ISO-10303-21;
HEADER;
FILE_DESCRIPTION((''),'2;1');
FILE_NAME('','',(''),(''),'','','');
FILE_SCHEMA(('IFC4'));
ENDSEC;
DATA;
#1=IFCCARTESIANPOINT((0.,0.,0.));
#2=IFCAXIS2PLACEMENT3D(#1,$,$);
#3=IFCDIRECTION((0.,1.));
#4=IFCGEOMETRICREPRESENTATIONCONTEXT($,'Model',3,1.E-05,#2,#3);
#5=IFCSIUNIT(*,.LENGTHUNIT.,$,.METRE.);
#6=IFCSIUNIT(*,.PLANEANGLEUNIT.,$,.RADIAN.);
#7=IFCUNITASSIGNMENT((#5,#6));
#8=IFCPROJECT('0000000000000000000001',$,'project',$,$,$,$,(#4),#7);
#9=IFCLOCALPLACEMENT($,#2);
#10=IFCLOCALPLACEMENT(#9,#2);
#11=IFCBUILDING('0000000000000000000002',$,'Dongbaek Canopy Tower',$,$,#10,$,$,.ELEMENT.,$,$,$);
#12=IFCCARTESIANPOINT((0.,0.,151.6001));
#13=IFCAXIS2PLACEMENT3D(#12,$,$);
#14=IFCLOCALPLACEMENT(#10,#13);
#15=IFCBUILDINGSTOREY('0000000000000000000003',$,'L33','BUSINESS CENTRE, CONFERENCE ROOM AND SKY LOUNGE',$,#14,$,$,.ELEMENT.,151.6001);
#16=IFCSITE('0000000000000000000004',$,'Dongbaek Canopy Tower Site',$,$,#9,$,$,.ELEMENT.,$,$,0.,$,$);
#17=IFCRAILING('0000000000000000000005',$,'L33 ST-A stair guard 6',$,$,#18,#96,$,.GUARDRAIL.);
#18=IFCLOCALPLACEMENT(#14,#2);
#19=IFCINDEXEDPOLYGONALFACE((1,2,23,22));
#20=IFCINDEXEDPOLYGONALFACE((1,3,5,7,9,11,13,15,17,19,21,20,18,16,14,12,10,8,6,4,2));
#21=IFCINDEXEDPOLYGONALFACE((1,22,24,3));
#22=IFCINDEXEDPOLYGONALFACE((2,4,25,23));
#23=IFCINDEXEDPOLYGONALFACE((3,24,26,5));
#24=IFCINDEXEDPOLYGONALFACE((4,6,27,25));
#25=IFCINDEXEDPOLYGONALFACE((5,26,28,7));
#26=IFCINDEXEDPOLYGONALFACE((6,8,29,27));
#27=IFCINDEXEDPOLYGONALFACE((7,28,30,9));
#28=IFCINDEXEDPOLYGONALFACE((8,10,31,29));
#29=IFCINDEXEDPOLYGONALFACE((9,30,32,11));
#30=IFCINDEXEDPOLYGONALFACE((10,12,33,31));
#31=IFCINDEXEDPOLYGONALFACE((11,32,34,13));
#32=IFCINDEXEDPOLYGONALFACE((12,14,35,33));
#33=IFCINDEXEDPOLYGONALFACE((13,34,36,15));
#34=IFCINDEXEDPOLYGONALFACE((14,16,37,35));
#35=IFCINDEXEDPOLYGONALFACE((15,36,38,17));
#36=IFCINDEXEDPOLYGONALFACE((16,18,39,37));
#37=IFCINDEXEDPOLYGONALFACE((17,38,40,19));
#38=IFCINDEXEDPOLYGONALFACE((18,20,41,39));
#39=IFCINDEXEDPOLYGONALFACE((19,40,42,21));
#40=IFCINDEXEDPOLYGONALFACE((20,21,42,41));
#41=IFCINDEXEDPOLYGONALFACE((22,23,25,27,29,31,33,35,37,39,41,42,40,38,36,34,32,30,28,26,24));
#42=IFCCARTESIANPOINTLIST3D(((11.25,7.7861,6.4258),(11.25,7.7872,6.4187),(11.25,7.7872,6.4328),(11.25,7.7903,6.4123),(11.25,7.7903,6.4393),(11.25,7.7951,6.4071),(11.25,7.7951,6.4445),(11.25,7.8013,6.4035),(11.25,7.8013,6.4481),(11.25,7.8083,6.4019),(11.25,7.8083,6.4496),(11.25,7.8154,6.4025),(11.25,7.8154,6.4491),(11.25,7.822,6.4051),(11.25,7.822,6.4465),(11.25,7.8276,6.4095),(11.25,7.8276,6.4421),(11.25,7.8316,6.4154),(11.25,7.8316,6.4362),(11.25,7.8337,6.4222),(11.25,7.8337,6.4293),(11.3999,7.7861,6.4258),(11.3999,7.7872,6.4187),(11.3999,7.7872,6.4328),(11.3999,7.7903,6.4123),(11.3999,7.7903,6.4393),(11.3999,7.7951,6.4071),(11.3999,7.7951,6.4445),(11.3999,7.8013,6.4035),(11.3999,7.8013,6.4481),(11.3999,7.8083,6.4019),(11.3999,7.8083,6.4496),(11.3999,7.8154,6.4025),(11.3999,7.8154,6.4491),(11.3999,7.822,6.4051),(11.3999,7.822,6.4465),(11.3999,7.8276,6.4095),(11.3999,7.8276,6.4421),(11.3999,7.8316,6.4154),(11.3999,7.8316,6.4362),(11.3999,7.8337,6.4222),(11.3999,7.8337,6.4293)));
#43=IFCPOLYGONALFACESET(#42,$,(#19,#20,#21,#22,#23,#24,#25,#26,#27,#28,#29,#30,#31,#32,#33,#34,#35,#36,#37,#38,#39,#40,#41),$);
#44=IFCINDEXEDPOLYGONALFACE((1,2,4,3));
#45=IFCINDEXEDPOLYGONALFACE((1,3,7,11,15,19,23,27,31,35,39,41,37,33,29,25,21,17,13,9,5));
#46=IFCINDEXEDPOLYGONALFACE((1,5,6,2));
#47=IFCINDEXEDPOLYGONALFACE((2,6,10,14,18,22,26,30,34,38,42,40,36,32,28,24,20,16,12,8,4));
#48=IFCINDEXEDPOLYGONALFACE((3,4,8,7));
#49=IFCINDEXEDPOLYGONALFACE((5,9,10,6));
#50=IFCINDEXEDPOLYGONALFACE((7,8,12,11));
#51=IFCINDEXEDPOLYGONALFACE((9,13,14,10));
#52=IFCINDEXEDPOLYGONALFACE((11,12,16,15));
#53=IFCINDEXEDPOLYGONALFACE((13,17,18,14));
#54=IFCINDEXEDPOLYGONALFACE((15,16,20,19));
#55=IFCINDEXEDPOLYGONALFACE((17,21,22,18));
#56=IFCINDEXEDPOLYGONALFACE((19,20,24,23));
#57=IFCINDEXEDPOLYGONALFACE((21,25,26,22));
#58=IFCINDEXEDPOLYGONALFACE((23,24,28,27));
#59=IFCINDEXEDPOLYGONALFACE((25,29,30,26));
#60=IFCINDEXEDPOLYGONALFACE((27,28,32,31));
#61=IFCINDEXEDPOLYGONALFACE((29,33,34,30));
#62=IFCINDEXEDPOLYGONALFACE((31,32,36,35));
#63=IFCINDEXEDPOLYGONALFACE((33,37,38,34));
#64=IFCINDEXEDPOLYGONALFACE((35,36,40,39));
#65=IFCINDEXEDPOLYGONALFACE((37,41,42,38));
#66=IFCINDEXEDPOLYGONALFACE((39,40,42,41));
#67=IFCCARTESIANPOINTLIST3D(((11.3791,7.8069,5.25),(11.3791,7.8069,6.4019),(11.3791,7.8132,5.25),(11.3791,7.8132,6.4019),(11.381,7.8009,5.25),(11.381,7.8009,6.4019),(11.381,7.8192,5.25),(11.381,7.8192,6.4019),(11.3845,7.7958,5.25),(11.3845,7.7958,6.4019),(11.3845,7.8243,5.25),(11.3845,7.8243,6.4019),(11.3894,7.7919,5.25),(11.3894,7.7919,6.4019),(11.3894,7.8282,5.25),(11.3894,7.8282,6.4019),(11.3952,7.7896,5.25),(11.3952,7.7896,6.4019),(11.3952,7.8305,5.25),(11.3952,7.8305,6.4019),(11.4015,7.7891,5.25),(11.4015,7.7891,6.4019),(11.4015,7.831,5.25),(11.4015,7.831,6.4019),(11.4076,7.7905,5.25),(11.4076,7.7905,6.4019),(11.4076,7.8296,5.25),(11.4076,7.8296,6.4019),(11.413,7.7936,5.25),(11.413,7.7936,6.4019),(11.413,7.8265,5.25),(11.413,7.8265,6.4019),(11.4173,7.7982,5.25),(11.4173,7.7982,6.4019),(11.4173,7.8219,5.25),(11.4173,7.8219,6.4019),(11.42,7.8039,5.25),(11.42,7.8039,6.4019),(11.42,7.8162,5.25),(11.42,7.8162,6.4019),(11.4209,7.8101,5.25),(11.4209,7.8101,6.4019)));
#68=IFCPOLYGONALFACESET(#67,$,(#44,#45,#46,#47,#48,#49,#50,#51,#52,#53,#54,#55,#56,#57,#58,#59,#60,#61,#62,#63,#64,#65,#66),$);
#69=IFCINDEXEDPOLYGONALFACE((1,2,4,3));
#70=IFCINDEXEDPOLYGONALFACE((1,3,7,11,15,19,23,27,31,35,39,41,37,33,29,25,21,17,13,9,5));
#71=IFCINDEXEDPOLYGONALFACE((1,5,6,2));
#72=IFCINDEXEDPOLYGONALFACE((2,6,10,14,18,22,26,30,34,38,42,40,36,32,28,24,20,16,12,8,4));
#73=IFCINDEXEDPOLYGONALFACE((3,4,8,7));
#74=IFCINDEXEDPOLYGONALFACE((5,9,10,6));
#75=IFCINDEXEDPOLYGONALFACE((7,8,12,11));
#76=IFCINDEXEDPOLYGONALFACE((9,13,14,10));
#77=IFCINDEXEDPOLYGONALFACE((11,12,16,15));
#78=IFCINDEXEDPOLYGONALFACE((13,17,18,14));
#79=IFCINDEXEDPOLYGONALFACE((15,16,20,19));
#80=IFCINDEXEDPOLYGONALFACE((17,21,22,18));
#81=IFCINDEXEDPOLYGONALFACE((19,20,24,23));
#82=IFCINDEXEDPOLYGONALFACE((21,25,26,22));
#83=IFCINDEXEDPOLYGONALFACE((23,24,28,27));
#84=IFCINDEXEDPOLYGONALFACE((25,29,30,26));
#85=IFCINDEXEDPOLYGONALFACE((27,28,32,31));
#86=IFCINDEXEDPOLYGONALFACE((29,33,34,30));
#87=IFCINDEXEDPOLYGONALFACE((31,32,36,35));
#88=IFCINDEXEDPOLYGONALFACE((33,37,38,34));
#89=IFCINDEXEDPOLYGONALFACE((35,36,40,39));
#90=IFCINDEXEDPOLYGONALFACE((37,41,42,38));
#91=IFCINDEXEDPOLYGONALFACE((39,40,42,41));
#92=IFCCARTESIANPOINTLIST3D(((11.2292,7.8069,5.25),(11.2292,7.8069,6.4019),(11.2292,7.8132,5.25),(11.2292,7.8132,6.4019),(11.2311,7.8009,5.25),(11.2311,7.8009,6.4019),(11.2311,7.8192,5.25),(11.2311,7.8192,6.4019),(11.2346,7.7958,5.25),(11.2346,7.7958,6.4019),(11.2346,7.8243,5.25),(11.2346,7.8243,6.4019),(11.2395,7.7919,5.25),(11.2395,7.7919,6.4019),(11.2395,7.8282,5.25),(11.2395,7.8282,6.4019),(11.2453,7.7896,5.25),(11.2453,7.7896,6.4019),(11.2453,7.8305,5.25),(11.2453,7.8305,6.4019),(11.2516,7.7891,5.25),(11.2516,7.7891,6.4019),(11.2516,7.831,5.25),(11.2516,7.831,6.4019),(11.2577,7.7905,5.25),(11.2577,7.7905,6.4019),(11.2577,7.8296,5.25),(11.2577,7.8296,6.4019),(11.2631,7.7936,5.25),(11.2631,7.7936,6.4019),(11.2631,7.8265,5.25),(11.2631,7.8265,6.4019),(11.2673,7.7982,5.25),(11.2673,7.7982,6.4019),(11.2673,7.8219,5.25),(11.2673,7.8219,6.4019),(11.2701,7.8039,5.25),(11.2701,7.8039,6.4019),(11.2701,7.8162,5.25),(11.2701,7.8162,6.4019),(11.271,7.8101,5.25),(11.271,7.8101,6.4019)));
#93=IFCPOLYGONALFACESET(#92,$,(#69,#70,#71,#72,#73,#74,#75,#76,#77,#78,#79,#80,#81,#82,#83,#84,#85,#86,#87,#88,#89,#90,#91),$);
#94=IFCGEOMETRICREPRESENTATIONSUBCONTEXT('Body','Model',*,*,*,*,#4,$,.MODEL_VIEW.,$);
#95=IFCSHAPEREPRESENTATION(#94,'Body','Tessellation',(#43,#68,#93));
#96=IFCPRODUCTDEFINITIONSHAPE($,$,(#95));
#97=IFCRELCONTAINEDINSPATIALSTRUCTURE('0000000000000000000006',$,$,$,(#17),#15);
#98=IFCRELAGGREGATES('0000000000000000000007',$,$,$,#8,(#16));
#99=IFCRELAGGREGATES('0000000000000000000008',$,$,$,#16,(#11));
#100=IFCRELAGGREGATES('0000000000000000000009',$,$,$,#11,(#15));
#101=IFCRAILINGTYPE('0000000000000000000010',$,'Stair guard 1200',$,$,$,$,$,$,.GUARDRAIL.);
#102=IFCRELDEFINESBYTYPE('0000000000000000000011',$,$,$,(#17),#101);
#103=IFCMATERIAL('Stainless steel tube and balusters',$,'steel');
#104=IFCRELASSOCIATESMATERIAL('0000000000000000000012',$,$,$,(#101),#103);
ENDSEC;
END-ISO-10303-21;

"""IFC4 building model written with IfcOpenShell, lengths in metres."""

from ifc_helpers import new_model, si_unit, direction, frame, origin, origin_2d, place, context, subcontext, project, spatial, circle, extrude, material, type_object, element, save


model = new_model("IFC4")

# Units and contexts
model_context = context("Model", 3, precision=1e-05, world=origin(), true_north=direction((0.0, 1.0)))
body_context = subcontext(model_context, "Body", "Model", "MODEL_VIEW")
ifc_project = project(units=[si_unit("LENGTHUNIT", "METRE"), si_unit("PLANEANGLEUNIT", "RADIAN")], contexts=[model_context])

# Site, building, storey
site_placement = place(None, origin())
site = spatial("IfcSite", under=ifc_project, at=site_placement, Name="Dongbaek Canopy Tower Site", CompositionType="ELEMENT", RefElevation=0.0)
building_placement = place(site_placement, origin())
building = spatial("IfcBuilding", under=site, at=building_placement, Name="Dongbaek Canopy Tower", CompositionType="ELEMENT")
storey_placement = place(building_placement, frame((0.0, 0.0, 151.6001)))
storey = spatial("IfcBuildingStorey", under=building, at=storey_placement, Name="L33", Description="BUSINESS CENTRE, CONFERENCE ROOM AND SKY LOUNGE", CompositionType="ELEMENT", Elevation=151.6001)

# Railing
ifc_material_1 = material(Name="Stainless steel tube and balusters", Category="steel")
railing_type_1 = type_object("IfcRailingType", Name="Stair guard 1200", PredefinedType="GUARDRAIL", material=ifc_material_1)
railing_1_placement = place(storey_placement, frame((11.3999, 7.8101, 5.25)))
element("IfcRailing", 1, at=railing_1_placement, inside=storey, type_object=railing_type_1, Name="L33 ST-A stair guard 6", PredefinedType="GUARDRAIL", context=body_context, shape_type="SweptSolid", body=[
    extrude(circle(Radius=0.0239, at=origin_2d()), frame((0.0, 0.0, 1.1758), z_axis=(-1.0, 0.0, 0.0), x_axis=(0.0, -1.0, 0.0)), (0.0, 0.0, 1.0), 0.1499),
    extrude(circle(Radius=0.021, at=origin_2d()), origin(), (0.0, 0.0, 1.0), 1.1519),
    extrude(circle(Radius=0.021, at=origin_2d()), frame((-0.1499, 0.0, 0.0)), (0.0, 0.0, 1.0), 1.1519),
])

save(model, "model.ifc")
